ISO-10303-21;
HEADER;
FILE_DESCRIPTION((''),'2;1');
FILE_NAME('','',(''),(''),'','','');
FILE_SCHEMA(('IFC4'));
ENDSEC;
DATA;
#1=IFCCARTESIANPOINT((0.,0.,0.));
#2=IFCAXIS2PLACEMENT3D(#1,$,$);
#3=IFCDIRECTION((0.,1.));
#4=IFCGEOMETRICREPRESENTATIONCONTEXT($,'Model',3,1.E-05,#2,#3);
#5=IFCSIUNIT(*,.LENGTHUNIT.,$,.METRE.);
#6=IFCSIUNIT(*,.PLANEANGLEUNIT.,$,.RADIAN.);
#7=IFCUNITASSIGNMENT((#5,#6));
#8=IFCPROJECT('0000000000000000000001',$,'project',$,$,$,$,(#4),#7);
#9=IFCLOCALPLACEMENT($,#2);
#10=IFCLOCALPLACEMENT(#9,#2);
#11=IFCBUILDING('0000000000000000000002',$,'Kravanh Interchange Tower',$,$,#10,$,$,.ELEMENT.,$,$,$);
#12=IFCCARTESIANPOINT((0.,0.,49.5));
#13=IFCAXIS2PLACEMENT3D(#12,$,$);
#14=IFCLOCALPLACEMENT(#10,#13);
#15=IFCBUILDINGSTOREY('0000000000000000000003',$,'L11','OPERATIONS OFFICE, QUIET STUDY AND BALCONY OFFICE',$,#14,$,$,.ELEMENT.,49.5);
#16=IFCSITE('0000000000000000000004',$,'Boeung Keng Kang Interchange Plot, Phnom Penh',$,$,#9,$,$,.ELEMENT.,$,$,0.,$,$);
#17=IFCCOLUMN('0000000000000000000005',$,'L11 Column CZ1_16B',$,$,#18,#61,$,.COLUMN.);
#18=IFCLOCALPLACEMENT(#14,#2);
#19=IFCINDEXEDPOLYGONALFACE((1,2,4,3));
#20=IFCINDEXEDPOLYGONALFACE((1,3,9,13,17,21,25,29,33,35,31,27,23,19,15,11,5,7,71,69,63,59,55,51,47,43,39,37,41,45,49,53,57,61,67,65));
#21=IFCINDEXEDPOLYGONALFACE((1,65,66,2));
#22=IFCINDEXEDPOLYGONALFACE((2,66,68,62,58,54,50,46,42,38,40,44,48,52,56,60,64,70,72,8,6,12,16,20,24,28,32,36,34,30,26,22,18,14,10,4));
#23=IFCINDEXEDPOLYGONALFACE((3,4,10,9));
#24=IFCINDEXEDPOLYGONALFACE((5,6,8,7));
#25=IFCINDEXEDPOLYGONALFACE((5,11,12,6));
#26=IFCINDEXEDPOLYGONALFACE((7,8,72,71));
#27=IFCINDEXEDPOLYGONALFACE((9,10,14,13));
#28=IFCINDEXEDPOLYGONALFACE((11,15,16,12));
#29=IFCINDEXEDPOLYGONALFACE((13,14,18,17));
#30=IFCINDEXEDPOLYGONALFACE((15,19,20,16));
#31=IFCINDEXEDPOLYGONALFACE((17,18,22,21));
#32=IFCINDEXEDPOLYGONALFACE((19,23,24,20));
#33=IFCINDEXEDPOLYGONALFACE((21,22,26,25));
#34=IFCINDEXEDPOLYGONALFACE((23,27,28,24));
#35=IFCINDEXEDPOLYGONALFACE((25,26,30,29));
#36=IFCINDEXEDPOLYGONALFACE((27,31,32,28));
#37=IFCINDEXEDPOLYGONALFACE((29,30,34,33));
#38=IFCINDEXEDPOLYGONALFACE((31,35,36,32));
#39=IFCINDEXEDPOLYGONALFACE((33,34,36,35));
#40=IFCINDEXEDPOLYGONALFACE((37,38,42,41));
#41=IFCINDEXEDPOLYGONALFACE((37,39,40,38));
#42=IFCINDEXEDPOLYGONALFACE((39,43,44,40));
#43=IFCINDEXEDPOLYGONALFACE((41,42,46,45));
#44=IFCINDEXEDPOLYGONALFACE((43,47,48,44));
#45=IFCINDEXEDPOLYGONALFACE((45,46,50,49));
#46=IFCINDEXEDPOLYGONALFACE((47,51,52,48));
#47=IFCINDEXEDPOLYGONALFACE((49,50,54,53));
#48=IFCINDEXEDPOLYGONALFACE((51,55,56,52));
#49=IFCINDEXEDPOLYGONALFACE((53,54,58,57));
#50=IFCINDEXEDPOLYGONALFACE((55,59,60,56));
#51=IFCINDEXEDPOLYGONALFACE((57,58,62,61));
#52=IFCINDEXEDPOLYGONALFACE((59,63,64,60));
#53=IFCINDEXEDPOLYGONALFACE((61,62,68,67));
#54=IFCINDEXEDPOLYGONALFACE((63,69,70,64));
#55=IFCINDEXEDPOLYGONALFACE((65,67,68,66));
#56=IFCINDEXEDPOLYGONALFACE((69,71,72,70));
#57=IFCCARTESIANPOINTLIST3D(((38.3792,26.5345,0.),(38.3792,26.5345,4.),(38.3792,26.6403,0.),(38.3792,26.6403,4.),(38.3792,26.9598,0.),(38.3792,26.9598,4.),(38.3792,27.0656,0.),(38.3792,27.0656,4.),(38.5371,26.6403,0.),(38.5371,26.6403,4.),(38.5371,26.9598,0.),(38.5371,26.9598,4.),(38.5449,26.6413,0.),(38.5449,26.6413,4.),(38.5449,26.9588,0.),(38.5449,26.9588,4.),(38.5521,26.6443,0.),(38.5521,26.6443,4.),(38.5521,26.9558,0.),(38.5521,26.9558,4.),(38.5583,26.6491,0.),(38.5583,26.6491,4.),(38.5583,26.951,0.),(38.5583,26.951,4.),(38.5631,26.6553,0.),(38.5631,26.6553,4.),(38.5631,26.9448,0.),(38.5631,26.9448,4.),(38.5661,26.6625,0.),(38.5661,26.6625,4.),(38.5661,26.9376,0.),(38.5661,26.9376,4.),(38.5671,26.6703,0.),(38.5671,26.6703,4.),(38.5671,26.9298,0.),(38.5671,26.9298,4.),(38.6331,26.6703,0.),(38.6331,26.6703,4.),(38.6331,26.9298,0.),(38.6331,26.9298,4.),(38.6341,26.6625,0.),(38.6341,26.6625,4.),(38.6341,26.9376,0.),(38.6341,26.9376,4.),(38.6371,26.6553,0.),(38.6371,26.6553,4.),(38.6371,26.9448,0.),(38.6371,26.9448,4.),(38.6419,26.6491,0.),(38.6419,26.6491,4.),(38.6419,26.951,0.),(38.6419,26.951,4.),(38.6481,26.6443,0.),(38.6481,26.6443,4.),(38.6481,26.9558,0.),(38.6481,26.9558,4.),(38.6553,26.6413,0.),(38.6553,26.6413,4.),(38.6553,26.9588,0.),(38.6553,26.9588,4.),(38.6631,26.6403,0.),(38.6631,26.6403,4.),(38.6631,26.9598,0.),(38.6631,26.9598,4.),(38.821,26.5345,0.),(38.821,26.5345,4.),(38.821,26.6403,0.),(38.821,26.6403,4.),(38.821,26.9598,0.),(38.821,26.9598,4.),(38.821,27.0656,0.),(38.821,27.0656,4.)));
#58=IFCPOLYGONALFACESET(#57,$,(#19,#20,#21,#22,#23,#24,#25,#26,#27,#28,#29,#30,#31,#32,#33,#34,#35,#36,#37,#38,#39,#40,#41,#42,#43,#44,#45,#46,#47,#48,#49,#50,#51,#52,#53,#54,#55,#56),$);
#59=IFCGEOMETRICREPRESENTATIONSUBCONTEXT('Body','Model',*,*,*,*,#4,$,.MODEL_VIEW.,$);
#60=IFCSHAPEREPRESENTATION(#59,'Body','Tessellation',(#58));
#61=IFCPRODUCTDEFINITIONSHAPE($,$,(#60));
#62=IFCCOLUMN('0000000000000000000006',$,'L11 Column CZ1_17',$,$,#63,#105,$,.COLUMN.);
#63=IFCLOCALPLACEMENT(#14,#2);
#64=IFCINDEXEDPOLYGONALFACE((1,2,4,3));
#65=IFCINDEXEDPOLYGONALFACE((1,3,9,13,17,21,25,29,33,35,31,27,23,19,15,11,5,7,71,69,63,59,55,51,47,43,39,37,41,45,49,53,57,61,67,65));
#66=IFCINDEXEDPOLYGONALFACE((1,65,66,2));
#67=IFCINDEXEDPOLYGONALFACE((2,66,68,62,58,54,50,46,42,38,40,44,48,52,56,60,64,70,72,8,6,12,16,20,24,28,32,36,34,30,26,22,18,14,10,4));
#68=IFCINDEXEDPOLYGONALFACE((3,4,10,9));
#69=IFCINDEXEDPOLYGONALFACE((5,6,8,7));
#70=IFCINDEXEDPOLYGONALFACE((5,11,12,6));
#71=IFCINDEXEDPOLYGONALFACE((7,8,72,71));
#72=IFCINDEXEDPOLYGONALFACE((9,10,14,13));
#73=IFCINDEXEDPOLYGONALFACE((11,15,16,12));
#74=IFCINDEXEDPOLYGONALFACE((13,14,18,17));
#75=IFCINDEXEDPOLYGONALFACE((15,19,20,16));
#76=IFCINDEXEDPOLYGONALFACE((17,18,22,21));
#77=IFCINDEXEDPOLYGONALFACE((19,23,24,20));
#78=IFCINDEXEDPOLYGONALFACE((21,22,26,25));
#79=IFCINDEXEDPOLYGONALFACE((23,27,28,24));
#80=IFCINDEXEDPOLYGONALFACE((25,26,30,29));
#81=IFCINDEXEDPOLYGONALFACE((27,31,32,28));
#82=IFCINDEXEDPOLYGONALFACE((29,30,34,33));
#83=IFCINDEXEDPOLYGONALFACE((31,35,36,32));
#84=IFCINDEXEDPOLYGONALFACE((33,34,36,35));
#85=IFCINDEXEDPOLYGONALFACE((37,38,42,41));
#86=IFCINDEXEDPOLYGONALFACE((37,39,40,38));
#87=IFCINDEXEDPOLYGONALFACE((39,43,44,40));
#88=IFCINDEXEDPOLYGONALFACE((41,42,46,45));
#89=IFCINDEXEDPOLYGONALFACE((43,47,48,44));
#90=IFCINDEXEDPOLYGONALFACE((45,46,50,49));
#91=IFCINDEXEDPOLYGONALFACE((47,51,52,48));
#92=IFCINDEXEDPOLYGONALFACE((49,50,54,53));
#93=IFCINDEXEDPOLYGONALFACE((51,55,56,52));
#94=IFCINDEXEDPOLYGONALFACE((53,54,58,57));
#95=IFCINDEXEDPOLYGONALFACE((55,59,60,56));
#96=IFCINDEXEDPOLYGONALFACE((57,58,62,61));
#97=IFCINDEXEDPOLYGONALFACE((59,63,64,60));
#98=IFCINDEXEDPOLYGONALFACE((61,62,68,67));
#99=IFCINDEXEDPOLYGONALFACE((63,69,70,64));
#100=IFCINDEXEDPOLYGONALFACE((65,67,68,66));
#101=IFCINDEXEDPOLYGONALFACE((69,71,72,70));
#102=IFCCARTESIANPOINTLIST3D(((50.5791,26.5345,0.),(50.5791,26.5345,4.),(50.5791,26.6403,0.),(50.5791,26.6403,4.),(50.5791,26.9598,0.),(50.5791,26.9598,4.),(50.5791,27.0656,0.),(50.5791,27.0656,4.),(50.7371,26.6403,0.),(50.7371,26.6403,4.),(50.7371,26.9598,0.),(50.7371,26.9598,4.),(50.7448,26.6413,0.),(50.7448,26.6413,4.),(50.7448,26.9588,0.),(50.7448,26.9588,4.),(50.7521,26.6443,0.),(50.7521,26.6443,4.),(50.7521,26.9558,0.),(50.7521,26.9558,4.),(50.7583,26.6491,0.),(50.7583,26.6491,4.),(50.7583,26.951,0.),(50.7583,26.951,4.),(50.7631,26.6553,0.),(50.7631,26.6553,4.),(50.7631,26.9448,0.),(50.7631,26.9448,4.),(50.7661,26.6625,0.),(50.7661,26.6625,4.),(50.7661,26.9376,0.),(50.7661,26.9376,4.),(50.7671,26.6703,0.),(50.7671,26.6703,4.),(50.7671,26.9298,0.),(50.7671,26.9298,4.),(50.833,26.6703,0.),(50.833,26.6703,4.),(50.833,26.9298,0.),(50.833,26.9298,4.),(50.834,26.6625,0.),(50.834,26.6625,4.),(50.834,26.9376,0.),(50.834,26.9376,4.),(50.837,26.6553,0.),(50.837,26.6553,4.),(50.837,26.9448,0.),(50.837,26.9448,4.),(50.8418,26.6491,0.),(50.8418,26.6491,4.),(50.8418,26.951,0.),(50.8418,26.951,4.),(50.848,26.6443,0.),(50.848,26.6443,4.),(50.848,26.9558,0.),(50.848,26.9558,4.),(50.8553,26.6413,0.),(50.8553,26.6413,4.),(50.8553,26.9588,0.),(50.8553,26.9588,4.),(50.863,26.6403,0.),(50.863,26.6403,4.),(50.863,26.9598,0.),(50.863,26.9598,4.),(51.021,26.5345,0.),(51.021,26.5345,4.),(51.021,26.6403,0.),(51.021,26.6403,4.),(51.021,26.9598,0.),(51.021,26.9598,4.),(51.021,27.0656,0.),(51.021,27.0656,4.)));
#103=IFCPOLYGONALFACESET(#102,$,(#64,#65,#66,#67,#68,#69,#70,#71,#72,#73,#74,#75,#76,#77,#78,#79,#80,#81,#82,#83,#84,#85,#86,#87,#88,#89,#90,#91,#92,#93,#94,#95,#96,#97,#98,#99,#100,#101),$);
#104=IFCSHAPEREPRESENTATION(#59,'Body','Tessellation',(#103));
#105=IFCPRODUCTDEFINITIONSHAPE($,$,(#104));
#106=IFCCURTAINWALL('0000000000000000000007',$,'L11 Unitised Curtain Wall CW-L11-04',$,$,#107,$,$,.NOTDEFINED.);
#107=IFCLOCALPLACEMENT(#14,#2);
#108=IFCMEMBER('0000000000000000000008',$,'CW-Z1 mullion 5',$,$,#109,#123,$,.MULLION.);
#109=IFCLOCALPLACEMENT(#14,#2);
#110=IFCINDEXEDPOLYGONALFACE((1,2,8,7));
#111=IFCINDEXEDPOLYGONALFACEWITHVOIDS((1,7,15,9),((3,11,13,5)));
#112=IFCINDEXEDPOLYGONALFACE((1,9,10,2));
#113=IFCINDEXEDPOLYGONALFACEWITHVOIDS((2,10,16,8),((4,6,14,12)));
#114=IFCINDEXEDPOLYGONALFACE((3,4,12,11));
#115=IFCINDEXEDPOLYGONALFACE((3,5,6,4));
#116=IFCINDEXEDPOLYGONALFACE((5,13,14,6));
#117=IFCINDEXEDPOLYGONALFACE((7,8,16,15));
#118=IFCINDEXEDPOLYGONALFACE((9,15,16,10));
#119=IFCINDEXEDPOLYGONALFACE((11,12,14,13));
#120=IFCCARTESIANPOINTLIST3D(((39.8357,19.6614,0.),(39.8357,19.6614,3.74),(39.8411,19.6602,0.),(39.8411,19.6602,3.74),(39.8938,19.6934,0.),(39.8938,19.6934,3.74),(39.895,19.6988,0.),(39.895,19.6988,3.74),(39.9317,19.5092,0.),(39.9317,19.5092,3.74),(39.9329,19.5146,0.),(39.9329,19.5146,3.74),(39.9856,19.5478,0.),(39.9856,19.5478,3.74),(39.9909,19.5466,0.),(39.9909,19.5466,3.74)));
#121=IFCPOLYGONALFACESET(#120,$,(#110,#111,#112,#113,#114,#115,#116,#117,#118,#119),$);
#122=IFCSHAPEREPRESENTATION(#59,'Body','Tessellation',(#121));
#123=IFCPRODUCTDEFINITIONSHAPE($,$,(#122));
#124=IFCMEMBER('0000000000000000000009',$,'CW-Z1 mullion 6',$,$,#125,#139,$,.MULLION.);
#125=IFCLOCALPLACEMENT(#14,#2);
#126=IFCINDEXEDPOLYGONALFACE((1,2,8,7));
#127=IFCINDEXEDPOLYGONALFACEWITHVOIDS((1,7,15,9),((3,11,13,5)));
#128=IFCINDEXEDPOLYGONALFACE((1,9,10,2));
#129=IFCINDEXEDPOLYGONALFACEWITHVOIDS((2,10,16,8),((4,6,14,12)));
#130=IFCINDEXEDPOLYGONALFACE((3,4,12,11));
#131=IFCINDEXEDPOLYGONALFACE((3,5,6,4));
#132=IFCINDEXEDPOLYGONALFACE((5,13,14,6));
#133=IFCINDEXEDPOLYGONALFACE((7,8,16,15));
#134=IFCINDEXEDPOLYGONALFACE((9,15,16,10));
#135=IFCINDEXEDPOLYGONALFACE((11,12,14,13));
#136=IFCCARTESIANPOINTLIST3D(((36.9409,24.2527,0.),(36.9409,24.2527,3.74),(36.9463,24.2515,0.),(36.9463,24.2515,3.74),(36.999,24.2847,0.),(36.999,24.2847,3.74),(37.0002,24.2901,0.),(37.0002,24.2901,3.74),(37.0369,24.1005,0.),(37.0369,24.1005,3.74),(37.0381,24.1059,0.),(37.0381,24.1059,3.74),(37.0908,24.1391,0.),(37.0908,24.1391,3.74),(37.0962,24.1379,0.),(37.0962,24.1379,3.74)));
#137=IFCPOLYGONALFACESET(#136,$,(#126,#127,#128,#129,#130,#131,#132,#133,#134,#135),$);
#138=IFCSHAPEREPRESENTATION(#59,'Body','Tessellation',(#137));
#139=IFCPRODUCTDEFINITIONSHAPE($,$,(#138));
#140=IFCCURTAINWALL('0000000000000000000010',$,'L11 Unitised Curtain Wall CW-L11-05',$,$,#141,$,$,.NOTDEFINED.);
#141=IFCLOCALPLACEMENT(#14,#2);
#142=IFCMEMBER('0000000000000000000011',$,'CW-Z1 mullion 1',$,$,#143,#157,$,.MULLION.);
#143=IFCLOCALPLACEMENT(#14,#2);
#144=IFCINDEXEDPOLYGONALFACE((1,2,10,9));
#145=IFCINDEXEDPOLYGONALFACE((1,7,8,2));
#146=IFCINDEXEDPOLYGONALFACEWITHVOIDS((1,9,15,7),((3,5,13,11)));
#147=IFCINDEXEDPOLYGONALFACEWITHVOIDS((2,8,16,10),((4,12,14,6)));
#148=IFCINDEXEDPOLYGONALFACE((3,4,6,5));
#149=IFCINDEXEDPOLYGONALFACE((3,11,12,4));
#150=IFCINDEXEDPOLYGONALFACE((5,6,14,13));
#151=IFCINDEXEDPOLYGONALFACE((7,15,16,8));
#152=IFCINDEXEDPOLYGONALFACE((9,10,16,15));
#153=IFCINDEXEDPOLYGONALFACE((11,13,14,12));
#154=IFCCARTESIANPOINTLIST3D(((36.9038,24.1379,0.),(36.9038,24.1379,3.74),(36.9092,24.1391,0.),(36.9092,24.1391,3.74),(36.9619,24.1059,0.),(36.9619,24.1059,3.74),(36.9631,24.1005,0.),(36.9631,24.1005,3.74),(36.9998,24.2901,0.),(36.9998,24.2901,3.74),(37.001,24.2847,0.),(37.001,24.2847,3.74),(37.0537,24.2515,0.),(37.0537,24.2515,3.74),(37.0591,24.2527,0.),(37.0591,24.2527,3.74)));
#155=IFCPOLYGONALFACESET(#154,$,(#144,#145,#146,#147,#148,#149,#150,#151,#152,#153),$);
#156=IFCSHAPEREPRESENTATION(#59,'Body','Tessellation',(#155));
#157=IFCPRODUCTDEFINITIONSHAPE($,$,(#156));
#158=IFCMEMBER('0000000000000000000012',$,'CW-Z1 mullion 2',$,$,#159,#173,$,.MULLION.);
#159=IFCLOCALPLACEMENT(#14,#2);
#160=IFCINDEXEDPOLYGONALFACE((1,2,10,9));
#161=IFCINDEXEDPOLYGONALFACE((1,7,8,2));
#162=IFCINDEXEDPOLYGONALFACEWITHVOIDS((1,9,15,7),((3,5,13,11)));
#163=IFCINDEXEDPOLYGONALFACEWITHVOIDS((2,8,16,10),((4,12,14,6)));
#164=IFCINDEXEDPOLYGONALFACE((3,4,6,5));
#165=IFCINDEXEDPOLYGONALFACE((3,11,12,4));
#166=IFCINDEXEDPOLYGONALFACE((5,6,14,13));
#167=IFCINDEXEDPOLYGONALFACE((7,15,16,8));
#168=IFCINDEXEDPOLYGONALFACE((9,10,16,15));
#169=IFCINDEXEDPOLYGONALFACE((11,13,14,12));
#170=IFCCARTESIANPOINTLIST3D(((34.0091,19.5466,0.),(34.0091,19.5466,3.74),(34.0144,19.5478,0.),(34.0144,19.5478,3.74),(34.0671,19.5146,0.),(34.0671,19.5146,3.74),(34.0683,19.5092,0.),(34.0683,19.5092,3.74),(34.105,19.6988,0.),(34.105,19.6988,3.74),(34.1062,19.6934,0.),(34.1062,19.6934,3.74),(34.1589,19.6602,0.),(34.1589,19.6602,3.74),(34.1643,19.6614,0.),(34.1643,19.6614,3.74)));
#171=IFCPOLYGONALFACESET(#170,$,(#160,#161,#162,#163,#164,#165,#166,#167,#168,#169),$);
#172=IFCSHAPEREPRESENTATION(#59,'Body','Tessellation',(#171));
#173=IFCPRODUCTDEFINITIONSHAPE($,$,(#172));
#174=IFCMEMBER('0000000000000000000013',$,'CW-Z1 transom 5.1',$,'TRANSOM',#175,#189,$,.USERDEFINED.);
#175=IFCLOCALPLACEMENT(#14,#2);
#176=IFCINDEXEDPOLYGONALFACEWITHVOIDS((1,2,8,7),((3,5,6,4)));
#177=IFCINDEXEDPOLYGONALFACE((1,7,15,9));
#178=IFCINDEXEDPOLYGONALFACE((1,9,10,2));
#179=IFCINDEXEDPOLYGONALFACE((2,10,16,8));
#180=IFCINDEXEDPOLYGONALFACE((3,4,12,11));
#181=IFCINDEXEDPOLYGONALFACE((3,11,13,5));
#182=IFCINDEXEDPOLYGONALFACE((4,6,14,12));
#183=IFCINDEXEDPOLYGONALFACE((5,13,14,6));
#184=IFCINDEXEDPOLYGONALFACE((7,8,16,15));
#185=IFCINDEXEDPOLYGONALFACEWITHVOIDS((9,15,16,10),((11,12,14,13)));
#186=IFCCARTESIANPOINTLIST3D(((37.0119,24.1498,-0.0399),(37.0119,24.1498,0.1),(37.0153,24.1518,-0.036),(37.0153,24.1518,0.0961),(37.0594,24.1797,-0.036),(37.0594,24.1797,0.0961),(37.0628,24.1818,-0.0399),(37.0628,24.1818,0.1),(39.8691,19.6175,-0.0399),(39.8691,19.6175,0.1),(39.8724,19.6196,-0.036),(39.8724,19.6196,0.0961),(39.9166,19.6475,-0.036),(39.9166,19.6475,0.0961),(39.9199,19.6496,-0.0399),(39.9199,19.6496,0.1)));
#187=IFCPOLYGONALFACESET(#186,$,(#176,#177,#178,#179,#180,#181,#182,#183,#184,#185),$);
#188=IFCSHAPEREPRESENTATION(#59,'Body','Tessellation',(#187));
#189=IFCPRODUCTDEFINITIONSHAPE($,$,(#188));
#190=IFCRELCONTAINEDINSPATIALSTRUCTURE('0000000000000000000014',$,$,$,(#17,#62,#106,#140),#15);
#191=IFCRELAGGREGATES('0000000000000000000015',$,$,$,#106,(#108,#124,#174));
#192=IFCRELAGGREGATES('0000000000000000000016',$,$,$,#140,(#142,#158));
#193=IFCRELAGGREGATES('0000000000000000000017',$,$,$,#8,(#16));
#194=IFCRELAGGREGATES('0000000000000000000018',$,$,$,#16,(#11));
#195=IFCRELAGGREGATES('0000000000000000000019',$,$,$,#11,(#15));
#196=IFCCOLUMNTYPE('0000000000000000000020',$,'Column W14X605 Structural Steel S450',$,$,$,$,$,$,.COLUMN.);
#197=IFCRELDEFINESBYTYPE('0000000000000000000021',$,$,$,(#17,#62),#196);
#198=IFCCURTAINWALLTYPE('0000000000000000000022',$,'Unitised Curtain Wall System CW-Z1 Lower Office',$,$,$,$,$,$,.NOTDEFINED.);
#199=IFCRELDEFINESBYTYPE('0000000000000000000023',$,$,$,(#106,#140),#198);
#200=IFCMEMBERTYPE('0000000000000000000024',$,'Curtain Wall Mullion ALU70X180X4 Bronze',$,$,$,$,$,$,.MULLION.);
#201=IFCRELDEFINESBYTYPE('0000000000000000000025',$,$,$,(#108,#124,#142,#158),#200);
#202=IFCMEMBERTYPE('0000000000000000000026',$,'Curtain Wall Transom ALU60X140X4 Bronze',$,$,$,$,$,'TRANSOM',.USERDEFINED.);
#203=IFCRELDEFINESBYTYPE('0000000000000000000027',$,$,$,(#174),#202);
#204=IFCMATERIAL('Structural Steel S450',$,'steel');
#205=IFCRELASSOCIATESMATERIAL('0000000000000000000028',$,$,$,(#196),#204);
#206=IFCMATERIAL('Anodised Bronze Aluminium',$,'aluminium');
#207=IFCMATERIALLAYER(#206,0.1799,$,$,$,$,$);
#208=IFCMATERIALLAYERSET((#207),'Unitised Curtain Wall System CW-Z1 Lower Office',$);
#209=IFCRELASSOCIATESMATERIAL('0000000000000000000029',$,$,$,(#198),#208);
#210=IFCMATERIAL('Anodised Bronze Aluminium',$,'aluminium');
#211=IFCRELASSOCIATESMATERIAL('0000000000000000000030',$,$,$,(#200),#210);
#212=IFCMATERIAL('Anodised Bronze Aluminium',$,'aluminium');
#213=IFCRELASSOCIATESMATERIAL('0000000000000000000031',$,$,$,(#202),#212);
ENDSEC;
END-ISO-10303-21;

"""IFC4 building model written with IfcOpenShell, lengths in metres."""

from ifc_helpers import new_model, si_unit, direction, frame, origin, origin_2d, place, context, subcontext, project, spatial, hollow_rectangle, i_section, extrude, material, layer, layer_set, material_profile, profile_set, type_object, element, aggregate, save


model = new_model("IFC4")

# Units and contexts
model_context = context("Model", 3, precision=1e-05, world=origin(), true_north=direction((0.0, 1.0)))
body_context = subcontext(model_context, "Body", "Model", "MODEL_VIEW")
ifc_project = project(units=[si_unit("LENGTHUNIT", "METRE"), si_unit("PLANEANGLEUNIT", "RADIAN")], contexts=[model_context])

# Site, building, storey
site_placement = place(None, origin())
site = spatial("IfcSite", under=ifc_project, at=site_placement, Name="Boeung Keng Kang Interchange Plot, Phnom Penh", CompositionType="ELEMENT", RefElevation=0.0)
building_placement = place(site_placement, origin())
building = spatial("IfcBuilding", under=site, at=building_placement, Name="Kravanh Interchange Tower", CompositionType="ELEMENT")
storey_placement = place(building_placement, frame((0.0, 0.0, 49.5)))
storey = spatial("IfcBuildingStorey", under=building, at=storey_placement, Name="L11", Description="OPERATIONS OFFICE, QUIET STUDY AND BALCONY OFFICE", CompositionType="ELEMENT", Elevation=49.5)

# Columns
ifc_material_1 = material(Name="Structural Steel S450", Category="steel")
ifc_material_profile_1 = material_profile(ifc_material_1, i_section(OverallWidth=0.4419, OverallDepth=0.531, WebThickness=0.0659, FlangeThickness=0.1057, FilletRadius=0.03, at=origin_2d()), Name="W14X605")
ifc_profile_set_1 = profile_set([ifc_material_profile_1], Name="Structural Steel S450")
column_type = type_object("IfcColumnType", Name="Column W14X605 Structural Steel S450", PredefinedType="COLUMN", material=ifc_profile_set_1)
for number, where, z_axis, x_axis, name in (
    (1, (38.6001, 26.8, 0.0), (0.0, 0.0, 1.0), (1.0, 0.0, 0.0), "L11 Column CZ1_16B"),
    (2, (50.8, 26.8, 0.0), (0.0, 0.0, 1.0), (1.0, 0.0, 0.0), "L11 Column CZ1_17"),
):
    element("IfcColumn", number, at=place(storey_placement, frame(where, z_axis=z_axis, x_axis=x_axis)), inside=storey, type_object=column_type, Name=name, PredefinedType="COLUMN", context=body_context, shape_type="SweptSolid", body=[
        extrude(i_section(OverallWidth=0.4419, OverallDepth=0.531, WebThickness=0.0659, FlangeThickness=0.1057, FilletRadius=0.03, at=origin_2d()), origin(), (0.0, 0.0, 1.0), 4.0),
    ])

# Curtain walls, members
ifc_material_2 = material(Name="Anodised Bronze Aluminium", Category="aluminium")
ifc_layer_1 = layer(ifc_material_2, 0.1799)
ifc_layer_set_1 = layer_set([ifc_layer_1], Name="Unitised Curtain Wall System CW-Z1 Lower Office")
curtain_wall_type = type_object("IfcCurtainWallType", Name="Unitised Curtain Wall System CW-Z1 Lower Office", PredefinedType="NOTDEFINED", material=ifc_layer_set_1)
curtain_wall_1_placement = place(storey_placement, origin())
curtain_wall_1 = element("IfcCurtainWall", 3, at=curtain_wall_1_placement, inside=storey, type_object=curtain_wall_type, Name="L11 Unitised Curtain Wall CW-L11-04", PredefinedType="NOTDEFINED")
ifc_material_3 = material(Name="Anodised Bronze Aluminium", Category="aluminium")
ifc_material_profile_2 = material_profile(ifc_material_3, hollow_rectangle(XDim=0.0701, YDim=0.1799, WallThickness=0.0039, at=origin_2d()), Name="ALU70X180X4")
ifc_profile_set_2 = profile_set([ifc_material_profile_2], Name="Anodised Bronze Aluminium")
member_type_1 = type_object("IfcMemberType", Name="Curtain Wall Mullion ALU70X180X4 Bronze", PredefinedType="MULLION", material=ifc_profile_set_2)
member_1_placement = place(storey_placement, frame((39.9133, 19.604, 0.0), z_axis=(0.0, 0.0, 1.0), x_axis=(-0.845926, -0.533301, 0.0)))
member_1 = element("IfcMember", 4, at=member_1_placement, type_object=member_type_1, Name="CW-Z1 mullion 5", PredefinedType="MULLION", context=body_context, shape_type="SweptSolid", body=[
    extrude(hollow_rectangle(XDim=0.0701, YDim=0.1799, WallThickness=0.0039, at=origin_2d()), origin(), (0.0, 0.0, 1.0), 3.74),
])
member_2_placement = place(storey_placement, frame((37.0186, 24.1953, 0.0), z_axis=(0.0, 0.0, 1.0), x_axis=(-0.845926, -0.533301, 0.0)))
member_2 = element("IfcMember", 5, at=member_2_placement, type_object=member_type_1, Name="CW-Z1 mullion 6", PredefinedType="MULLION", context=body_context, shape_type="SweptSolid", body=[
    extrude(hollow_rectangle(XDim=0.0701, YDim=0.1799, WallThickness=0.0039, at=origin_2d()), origin(), (0.0, 0.0, 1.0), 3.74),
])
curtain_wall_2_placement = place(storey_placement, origin())
curtain_wall_2 = element("IfcCurtainWall", 6, at=curtain_wall_2_placement, inside=storey, type_object=curtain_wall_type, Name="L11 Unitised Curtain Wall CW-L11-05", PredefinedType="NOTDEFINED")
member_3_placement = place(storey_placement, frame((36.9814, 24.1953, 0.0), z_axis=(0.0, 0.0, 1.0), x_axis=(0.845926, -0.533301, 0.0)))
member_3 = element("IfcMember", 7, at=member_3_placement, type_object=member_type_1, Name="CW-Z1 mullion 1", PredefinedType="MULLION", context=body_context, shape_type="SweptSolid", body=[
    extrude(hollow_rectangle(XDim=0.0701, YDim=0.1799, WallThickness=0.0039, at=origin_2d()), origin(), (0.0, 0.0, 1.0), 3.74),
])
member_4_placement = place(storey_placement, frame((34.0867, 19.604, 0.0), z_axis=(0.0, 0.0, 1.0), x_axis=(0.845926, -0.533301, 0.0)))
member_4 = element("IfcMember", 8, at=member_4_placement, type_object=member_type_1, Name="CW-Z1 mullion 2", PredefinedType="MULLION", context=body_context, shape_type="SweptSolid", body=[
    extrude(hollow_rectangle(XDim=0.0701, YDim=0.1799, WallThickness=0.0039, at=origin_2d()), origin(), (0.0, 0.0, 1.0), 3.74),
])

# Member
ifc_material_4 = material(Name="Anodised Bronze Aluminium", Category="aluminium")
ifc_material_profile_3 = material_profile(ifc_material_4, hollow_rectangle(XDim=0.0601, YDim=0.1399, WallThickness=0.0039, at=origin_2d()), Name="ALU60X140X4")
ifc_profile_set_3 = profile_set([ifc_material_profile_3], Name="Anodised Bronze Aluminium")
member_type_2 = type_object("IfcMemberType", Name="Curtain Wall Transom ALU60X140X4 Bronze", ElementType="TRANSOM", PredefinedType="USERDEFINED", material=ifc_profile_set_3)
member_5_placement = place(storey_placement, frame((39.8945, 19.6335, 0.03), z_axis=(-0.533288, 0.845934, 0.0), x_axis=(-0.845934, -0.533288, 0.0)))
member_5 = element("IfcMember", 9, at=member_5_placement, type_object=member_type_2, Name="CW-Z1 transom 5.1", ObjectType="TRANSOM", PredefinedType="USERDEFINED", context=body_context, shape_type="SweptSolid", body=[
    extrude(hollow_rectangle(XDim=0.0601, YDim=0.1399, WallThickness=0.0039, at=origin_2d()), origin(), (0.0, 0.0, 1.0), 5.3577),
])

aggregate(curtain_wall_1, [member_1, member_2, member_5])
aggregate(curtain_wall_2, [member_3, member_4])

save(model, "model.ifc")
